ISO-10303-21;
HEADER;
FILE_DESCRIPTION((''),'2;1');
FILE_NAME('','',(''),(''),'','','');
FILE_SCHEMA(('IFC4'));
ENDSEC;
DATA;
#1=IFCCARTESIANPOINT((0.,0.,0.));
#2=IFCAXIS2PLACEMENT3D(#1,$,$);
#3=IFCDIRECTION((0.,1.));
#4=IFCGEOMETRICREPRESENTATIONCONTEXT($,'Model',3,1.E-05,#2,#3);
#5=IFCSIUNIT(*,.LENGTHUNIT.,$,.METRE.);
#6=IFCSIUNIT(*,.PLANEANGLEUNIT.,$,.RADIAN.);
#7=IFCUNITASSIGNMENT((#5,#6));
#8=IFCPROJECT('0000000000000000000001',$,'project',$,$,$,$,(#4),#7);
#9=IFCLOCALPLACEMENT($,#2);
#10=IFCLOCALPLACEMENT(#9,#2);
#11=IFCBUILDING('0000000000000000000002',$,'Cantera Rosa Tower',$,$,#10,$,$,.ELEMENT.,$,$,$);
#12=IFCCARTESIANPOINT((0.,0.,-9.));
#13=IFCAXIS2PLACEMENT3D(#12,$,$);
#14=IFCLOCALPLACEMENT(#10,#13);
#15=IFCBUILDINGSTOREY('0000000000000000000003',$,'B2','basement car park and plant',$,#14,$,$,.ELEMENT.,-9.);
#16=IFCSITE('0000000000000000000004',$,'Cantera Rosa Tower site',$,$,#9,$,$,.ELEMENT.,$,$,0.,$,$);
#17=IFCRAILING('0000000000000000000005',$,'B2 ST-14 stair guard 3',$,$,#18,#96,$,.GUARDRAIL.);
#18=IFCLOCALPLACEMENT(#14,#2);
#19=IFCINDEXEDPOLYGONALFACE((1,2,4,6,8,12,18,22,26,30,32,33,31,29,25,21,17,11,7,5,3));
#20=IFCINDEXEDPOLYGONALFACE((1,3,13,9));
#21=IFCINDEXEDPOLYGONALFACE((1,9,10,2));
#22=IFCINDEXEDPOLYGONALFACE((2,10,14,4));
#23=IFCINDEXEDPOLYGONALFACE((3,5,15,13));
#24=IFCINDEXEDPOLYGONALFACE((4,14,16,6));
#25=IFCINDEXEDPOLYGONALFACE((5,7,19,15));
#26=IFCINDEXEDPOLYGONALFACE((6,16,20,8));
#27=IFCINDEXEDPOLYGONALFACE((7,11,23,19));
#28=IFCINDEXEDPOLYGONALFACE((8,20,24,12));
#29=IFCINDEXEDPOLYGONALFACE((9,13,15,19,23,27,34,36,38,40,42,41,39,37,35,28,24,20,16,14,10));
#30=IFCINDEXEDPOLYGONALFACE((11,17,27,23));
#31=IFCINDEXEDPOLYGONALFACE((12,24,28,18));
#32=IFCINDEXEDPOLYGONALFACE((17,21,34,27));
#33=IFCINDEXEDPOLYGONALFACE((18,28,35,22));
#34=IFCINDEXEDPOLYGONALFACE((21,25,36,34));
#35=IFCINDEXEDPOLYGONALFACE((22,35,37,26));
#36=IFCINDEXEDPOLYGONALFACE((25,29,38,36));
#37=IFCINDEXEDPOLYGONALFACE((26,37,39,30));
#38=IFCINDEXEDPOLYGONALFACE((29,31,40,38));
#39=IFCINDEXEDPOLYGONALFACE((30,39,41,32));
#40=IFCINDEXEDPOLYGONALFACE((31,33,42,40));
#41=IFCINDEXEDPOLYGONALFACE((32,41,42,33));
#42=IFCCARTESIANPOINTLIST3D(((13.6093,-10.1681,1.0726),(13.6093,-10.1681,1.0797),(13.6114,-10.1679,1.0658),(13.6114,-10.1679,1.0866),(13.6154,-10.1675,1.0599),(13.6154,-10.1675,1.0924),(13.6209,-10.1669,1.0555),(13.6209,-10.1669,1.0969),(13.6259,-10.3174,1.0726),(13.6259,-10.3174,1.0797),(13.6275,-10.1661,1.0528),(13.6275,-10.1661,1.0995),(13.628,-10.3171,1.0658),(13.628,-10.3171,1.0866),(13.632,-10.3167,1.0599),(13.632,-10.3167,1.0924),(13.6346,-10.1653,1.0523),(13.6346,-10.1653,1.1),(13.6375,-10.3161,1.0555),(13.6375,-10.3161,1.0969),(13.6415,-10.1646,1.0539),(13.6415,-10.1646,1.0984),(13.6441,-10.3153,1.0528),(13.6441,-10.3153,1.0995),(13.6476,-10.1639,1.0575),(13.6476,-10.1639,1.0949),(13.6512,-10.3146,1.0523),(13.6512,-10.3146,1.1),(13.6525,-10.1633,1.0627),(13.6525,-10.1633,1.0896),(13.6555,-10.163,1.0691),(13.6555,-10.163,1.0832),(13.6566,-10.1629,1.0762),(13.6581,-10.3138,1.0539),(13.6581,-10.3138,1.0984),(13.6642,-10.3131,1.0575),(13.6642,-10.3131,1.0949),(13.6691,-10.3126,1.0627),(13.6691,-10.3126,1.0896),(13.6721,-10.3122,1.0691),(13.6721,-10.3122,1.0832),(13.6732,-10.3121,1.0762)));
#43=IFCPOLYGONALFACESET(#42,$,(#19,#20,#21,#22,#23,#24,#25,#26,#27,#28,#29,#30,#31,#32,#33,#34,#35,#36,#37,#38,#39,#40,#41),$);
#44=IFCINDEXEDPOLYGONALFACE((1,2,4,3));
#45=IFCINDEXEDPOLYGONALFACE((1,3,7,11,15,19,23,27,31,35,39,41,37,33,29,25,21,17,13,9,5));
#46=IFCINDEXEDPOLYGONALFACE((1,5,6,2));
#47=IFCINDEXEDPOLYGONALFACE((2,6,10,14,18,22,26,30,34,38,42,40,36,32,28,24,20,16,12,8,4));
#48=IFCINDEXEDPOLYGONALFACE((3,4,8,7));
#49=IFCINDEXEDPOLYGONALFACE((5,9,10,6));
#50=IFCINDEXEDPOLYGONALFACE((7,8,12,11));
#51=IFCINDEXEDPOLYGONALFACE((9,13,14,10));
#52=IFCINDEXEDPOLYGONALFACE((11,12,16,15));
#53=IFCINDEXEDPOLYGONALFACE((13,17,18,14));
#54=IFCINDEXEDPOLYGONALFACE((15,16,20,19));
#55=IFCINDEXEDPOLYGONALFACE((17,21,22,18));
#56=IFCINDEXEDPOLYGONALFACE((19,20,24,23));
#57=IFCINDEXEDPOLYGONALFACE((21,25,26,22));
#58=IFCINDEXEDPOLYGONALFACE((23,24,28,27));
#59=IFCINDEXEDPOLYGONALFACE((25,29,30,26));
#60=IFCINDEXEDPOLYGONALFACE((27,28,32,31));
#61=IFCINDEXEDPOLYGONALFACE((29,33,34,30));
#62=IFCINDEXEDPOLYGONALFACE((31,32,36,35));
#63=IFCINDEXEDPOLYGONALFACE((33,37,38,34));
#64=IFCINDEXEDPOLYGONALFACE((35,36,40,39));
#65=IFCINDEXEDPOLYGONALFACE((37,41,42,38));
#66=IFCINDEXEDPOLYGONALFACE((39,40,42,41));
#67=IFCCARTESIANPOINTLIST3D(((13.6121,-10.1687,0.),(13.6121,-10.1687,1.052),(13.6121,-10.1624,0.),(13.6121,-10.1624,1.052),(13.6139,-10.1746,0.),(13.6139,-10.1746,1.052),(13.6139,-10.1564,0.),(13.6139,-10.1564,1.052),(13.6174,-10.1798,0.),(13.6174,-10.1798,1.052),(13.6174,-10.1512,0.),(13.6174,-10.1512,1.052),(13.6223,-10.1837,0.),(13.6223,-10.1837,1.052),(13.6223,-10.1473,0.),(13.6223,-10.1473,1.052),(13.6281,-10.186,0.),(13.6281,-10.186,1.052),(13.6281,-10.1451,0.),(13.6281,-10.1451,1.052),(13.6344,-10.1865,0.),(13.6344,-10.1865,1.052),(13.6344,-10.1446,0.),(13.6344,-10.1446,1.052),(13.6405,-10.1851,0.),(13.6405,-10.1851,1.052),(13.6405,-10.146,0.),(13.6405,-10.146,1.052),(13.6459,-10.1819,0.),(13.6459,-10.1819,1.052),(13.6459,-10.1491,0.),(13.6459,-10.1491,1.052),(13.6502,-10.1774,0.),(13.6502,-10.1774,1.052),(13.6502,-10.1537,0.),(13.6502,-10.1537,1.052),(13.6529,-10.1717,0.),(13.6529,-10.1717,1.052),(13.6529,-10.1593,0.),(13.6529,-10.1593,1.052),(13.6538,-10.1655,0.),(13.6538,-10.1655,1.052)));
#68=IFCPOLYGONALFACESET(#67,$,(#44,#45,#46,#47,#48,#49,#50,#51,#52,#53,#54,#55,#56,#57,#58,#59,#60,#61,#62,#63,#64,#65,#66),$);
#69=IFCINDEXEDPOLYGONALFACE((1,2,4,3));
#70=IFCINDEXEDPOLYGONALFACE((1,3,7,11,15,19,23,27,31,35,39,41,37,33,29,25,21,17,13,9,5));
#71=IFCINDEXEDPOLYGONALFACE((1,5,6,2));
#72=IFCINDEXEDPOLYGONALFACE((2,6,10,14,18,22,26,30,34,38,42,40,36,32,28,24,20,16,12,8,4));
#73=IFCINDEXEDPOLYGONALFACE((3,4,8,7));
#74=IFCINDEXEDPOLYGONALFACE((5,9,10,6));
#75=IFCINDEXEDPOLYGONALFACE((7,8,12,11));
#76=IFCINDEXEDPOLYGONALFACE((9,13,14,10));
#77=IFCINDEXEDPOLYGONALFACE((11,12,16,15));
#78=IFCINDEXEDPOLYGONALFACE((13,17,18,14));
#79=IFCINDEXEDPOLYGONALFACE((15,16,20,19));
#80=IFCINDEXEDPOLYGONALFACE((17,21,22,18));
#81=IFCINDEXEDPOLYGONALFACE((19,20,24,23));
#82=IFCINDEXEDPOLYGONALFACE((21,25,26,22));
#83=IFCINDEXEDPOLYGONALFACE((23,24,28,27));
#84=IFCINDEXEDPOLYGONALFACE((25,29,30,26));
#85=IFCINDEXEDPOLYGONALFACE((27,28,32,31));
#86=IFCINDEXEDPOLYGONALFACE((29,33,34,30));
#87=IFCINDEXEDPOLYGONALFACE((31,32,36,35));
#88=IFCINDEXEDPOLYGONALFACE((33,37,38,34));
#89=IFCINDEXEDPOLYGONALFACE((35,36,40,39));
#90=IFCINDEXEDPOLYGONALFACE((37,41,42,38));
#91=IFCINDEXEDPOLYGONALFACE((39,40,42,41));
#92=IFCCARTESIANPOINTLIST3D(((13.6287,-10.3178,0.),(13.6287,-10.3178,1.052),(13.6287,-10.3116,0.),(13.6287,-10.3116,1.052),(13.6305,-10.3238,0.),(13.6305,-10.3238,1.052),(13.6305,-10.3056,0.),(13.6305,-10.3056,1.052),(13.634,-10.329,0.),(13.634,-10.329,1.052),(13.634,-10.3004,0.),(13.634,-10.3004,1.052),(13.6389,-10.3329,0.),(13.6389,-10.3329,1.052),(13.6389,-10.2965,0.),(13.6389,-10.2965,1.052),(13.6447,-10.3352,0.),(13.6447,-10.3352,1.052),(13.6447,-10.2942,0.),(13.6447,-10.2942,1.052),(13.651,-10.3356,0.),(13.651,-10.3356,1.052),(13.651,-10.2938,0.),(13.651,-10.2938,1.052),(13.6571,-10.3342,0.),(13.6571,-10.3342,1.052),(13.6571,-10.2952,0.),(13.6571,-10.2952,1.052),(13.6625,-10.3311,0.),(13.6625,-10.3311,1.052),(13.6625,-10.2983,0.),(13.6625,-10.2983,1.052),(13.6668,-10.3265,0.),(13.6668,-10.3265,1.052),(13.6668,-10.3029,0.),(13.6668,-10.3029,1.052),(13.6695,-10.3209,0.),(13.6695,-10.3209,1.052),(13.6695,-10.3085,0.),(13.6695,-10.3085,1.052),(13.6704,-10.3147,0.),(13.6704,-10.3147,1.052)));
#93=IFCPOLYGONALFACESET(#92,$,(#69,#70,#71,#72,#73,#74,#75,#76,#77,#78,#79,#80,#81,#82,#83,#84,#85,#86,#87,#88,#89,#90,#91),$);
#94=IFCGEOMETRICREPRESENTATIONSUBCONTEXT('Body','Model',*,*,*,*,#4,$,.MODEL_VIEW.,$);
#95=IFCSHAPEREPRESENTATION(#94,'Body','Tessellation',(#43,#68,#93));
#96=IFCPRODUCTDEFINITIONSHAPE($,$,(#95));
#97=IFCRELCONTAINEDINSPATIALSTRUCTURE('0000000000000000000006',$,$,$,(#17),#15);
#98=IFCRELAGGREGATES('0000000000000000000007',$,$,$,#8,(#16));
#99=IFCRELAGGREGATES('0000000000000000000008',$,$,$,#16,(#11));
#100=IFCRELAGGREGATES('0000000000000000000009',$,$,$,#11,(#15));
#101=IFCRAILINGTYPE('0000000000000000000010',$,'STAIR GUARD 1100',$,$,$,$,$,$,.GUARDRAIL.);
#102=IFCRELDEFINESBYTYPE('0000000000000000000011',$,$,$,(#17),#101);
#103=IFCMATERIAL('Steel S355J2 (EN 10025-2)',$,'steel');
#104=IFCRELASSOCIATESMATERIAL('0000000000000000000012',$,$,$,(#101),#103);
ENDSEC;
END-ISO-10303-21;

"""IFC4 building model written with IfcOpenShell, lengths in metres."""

from ifc_helpers import new_model, si_unit, direction, frame, origin, origin_2d, place, context, subcontext, project, spatial, circle, extrude, material, type_object, element, save


model = new_model("IFC4")

# Units and contexts
model_context = context("Model", 3, precision=1e-05, world=origin(), true_north=direction((0.0, 1.0)))
body_context = subcontext(model_context, "Body", "Model", "MODEL_VIEW")
ifc_project = project(units=[si_unit("LENGTHUNIT", "METRE"), si_unit("PLANEANGLEUNIT", "RADIAN")], contexts=[model_context])

# Site, building, storey
site_placement = place(None, origin())
site = spatial("IfcSite", under=ifc_project, at=site_placement, Name="Cantera Rosa Tower site", CompositionType="ELEMENT", RefElevation=0.0)
building_placement = place(site_placement, origin())
building = spatial("IfcBuilding", under=site, at=building_placement, Name="Cantera Rosa Tower", CompositionType="ELEMENT")
storey_placement = place(building_placement, frame((0.0, 0.0, -9.0)))
storey = spatial("IfcBuildingStorey", under=building, at=storey_placement, Name="B2", Description="basement car park and plant", CompositionType="ELEMENT", Elevation=-9.0)

# Railing
ifc_material_1 = material(Name="Steel S355J2 (EN 10025-2)", Category="steel")
railing_type_1 = type_object("IfcRailingType", Name="STAIR GUARD 1100", PredefinedType="GUARDRAIL", material=ifc_material_1)
railing_1_placement = place(storey_placement, frame((13.6328, -10.1655, 0.0)))
element("IfcRailing", 1, at=railing_1_placement, inside=storey, type_object=railing_type_1, Name="B2 ST-14 stair guard 3", PredefinedType="GUARDRAIL", context=body_context, shape_type="SweptSolid", body=[
    extrude(circle(Radius=0.0239, at=origin_2d()), frame((0.0, 0.0, 1.0762), z_axis=(0.11061, -0.993864, 0.0), x_axis=(0.993864, 0.11061, 0.0)), (0.0, 0.0, 1.0), 0.1501),
    extrude(circle(Radius=0.021, at=origin_2d()), origin(), (0.0, 0.0, 1.0), 1.052),
    extrude(circle(Radius=0.021, at=origin_2d()), frame((0.0166, -0.1492, 0.0)), (0.0, 0.0, 1.0), 1.052),
])

save(model, "model.ifc")
